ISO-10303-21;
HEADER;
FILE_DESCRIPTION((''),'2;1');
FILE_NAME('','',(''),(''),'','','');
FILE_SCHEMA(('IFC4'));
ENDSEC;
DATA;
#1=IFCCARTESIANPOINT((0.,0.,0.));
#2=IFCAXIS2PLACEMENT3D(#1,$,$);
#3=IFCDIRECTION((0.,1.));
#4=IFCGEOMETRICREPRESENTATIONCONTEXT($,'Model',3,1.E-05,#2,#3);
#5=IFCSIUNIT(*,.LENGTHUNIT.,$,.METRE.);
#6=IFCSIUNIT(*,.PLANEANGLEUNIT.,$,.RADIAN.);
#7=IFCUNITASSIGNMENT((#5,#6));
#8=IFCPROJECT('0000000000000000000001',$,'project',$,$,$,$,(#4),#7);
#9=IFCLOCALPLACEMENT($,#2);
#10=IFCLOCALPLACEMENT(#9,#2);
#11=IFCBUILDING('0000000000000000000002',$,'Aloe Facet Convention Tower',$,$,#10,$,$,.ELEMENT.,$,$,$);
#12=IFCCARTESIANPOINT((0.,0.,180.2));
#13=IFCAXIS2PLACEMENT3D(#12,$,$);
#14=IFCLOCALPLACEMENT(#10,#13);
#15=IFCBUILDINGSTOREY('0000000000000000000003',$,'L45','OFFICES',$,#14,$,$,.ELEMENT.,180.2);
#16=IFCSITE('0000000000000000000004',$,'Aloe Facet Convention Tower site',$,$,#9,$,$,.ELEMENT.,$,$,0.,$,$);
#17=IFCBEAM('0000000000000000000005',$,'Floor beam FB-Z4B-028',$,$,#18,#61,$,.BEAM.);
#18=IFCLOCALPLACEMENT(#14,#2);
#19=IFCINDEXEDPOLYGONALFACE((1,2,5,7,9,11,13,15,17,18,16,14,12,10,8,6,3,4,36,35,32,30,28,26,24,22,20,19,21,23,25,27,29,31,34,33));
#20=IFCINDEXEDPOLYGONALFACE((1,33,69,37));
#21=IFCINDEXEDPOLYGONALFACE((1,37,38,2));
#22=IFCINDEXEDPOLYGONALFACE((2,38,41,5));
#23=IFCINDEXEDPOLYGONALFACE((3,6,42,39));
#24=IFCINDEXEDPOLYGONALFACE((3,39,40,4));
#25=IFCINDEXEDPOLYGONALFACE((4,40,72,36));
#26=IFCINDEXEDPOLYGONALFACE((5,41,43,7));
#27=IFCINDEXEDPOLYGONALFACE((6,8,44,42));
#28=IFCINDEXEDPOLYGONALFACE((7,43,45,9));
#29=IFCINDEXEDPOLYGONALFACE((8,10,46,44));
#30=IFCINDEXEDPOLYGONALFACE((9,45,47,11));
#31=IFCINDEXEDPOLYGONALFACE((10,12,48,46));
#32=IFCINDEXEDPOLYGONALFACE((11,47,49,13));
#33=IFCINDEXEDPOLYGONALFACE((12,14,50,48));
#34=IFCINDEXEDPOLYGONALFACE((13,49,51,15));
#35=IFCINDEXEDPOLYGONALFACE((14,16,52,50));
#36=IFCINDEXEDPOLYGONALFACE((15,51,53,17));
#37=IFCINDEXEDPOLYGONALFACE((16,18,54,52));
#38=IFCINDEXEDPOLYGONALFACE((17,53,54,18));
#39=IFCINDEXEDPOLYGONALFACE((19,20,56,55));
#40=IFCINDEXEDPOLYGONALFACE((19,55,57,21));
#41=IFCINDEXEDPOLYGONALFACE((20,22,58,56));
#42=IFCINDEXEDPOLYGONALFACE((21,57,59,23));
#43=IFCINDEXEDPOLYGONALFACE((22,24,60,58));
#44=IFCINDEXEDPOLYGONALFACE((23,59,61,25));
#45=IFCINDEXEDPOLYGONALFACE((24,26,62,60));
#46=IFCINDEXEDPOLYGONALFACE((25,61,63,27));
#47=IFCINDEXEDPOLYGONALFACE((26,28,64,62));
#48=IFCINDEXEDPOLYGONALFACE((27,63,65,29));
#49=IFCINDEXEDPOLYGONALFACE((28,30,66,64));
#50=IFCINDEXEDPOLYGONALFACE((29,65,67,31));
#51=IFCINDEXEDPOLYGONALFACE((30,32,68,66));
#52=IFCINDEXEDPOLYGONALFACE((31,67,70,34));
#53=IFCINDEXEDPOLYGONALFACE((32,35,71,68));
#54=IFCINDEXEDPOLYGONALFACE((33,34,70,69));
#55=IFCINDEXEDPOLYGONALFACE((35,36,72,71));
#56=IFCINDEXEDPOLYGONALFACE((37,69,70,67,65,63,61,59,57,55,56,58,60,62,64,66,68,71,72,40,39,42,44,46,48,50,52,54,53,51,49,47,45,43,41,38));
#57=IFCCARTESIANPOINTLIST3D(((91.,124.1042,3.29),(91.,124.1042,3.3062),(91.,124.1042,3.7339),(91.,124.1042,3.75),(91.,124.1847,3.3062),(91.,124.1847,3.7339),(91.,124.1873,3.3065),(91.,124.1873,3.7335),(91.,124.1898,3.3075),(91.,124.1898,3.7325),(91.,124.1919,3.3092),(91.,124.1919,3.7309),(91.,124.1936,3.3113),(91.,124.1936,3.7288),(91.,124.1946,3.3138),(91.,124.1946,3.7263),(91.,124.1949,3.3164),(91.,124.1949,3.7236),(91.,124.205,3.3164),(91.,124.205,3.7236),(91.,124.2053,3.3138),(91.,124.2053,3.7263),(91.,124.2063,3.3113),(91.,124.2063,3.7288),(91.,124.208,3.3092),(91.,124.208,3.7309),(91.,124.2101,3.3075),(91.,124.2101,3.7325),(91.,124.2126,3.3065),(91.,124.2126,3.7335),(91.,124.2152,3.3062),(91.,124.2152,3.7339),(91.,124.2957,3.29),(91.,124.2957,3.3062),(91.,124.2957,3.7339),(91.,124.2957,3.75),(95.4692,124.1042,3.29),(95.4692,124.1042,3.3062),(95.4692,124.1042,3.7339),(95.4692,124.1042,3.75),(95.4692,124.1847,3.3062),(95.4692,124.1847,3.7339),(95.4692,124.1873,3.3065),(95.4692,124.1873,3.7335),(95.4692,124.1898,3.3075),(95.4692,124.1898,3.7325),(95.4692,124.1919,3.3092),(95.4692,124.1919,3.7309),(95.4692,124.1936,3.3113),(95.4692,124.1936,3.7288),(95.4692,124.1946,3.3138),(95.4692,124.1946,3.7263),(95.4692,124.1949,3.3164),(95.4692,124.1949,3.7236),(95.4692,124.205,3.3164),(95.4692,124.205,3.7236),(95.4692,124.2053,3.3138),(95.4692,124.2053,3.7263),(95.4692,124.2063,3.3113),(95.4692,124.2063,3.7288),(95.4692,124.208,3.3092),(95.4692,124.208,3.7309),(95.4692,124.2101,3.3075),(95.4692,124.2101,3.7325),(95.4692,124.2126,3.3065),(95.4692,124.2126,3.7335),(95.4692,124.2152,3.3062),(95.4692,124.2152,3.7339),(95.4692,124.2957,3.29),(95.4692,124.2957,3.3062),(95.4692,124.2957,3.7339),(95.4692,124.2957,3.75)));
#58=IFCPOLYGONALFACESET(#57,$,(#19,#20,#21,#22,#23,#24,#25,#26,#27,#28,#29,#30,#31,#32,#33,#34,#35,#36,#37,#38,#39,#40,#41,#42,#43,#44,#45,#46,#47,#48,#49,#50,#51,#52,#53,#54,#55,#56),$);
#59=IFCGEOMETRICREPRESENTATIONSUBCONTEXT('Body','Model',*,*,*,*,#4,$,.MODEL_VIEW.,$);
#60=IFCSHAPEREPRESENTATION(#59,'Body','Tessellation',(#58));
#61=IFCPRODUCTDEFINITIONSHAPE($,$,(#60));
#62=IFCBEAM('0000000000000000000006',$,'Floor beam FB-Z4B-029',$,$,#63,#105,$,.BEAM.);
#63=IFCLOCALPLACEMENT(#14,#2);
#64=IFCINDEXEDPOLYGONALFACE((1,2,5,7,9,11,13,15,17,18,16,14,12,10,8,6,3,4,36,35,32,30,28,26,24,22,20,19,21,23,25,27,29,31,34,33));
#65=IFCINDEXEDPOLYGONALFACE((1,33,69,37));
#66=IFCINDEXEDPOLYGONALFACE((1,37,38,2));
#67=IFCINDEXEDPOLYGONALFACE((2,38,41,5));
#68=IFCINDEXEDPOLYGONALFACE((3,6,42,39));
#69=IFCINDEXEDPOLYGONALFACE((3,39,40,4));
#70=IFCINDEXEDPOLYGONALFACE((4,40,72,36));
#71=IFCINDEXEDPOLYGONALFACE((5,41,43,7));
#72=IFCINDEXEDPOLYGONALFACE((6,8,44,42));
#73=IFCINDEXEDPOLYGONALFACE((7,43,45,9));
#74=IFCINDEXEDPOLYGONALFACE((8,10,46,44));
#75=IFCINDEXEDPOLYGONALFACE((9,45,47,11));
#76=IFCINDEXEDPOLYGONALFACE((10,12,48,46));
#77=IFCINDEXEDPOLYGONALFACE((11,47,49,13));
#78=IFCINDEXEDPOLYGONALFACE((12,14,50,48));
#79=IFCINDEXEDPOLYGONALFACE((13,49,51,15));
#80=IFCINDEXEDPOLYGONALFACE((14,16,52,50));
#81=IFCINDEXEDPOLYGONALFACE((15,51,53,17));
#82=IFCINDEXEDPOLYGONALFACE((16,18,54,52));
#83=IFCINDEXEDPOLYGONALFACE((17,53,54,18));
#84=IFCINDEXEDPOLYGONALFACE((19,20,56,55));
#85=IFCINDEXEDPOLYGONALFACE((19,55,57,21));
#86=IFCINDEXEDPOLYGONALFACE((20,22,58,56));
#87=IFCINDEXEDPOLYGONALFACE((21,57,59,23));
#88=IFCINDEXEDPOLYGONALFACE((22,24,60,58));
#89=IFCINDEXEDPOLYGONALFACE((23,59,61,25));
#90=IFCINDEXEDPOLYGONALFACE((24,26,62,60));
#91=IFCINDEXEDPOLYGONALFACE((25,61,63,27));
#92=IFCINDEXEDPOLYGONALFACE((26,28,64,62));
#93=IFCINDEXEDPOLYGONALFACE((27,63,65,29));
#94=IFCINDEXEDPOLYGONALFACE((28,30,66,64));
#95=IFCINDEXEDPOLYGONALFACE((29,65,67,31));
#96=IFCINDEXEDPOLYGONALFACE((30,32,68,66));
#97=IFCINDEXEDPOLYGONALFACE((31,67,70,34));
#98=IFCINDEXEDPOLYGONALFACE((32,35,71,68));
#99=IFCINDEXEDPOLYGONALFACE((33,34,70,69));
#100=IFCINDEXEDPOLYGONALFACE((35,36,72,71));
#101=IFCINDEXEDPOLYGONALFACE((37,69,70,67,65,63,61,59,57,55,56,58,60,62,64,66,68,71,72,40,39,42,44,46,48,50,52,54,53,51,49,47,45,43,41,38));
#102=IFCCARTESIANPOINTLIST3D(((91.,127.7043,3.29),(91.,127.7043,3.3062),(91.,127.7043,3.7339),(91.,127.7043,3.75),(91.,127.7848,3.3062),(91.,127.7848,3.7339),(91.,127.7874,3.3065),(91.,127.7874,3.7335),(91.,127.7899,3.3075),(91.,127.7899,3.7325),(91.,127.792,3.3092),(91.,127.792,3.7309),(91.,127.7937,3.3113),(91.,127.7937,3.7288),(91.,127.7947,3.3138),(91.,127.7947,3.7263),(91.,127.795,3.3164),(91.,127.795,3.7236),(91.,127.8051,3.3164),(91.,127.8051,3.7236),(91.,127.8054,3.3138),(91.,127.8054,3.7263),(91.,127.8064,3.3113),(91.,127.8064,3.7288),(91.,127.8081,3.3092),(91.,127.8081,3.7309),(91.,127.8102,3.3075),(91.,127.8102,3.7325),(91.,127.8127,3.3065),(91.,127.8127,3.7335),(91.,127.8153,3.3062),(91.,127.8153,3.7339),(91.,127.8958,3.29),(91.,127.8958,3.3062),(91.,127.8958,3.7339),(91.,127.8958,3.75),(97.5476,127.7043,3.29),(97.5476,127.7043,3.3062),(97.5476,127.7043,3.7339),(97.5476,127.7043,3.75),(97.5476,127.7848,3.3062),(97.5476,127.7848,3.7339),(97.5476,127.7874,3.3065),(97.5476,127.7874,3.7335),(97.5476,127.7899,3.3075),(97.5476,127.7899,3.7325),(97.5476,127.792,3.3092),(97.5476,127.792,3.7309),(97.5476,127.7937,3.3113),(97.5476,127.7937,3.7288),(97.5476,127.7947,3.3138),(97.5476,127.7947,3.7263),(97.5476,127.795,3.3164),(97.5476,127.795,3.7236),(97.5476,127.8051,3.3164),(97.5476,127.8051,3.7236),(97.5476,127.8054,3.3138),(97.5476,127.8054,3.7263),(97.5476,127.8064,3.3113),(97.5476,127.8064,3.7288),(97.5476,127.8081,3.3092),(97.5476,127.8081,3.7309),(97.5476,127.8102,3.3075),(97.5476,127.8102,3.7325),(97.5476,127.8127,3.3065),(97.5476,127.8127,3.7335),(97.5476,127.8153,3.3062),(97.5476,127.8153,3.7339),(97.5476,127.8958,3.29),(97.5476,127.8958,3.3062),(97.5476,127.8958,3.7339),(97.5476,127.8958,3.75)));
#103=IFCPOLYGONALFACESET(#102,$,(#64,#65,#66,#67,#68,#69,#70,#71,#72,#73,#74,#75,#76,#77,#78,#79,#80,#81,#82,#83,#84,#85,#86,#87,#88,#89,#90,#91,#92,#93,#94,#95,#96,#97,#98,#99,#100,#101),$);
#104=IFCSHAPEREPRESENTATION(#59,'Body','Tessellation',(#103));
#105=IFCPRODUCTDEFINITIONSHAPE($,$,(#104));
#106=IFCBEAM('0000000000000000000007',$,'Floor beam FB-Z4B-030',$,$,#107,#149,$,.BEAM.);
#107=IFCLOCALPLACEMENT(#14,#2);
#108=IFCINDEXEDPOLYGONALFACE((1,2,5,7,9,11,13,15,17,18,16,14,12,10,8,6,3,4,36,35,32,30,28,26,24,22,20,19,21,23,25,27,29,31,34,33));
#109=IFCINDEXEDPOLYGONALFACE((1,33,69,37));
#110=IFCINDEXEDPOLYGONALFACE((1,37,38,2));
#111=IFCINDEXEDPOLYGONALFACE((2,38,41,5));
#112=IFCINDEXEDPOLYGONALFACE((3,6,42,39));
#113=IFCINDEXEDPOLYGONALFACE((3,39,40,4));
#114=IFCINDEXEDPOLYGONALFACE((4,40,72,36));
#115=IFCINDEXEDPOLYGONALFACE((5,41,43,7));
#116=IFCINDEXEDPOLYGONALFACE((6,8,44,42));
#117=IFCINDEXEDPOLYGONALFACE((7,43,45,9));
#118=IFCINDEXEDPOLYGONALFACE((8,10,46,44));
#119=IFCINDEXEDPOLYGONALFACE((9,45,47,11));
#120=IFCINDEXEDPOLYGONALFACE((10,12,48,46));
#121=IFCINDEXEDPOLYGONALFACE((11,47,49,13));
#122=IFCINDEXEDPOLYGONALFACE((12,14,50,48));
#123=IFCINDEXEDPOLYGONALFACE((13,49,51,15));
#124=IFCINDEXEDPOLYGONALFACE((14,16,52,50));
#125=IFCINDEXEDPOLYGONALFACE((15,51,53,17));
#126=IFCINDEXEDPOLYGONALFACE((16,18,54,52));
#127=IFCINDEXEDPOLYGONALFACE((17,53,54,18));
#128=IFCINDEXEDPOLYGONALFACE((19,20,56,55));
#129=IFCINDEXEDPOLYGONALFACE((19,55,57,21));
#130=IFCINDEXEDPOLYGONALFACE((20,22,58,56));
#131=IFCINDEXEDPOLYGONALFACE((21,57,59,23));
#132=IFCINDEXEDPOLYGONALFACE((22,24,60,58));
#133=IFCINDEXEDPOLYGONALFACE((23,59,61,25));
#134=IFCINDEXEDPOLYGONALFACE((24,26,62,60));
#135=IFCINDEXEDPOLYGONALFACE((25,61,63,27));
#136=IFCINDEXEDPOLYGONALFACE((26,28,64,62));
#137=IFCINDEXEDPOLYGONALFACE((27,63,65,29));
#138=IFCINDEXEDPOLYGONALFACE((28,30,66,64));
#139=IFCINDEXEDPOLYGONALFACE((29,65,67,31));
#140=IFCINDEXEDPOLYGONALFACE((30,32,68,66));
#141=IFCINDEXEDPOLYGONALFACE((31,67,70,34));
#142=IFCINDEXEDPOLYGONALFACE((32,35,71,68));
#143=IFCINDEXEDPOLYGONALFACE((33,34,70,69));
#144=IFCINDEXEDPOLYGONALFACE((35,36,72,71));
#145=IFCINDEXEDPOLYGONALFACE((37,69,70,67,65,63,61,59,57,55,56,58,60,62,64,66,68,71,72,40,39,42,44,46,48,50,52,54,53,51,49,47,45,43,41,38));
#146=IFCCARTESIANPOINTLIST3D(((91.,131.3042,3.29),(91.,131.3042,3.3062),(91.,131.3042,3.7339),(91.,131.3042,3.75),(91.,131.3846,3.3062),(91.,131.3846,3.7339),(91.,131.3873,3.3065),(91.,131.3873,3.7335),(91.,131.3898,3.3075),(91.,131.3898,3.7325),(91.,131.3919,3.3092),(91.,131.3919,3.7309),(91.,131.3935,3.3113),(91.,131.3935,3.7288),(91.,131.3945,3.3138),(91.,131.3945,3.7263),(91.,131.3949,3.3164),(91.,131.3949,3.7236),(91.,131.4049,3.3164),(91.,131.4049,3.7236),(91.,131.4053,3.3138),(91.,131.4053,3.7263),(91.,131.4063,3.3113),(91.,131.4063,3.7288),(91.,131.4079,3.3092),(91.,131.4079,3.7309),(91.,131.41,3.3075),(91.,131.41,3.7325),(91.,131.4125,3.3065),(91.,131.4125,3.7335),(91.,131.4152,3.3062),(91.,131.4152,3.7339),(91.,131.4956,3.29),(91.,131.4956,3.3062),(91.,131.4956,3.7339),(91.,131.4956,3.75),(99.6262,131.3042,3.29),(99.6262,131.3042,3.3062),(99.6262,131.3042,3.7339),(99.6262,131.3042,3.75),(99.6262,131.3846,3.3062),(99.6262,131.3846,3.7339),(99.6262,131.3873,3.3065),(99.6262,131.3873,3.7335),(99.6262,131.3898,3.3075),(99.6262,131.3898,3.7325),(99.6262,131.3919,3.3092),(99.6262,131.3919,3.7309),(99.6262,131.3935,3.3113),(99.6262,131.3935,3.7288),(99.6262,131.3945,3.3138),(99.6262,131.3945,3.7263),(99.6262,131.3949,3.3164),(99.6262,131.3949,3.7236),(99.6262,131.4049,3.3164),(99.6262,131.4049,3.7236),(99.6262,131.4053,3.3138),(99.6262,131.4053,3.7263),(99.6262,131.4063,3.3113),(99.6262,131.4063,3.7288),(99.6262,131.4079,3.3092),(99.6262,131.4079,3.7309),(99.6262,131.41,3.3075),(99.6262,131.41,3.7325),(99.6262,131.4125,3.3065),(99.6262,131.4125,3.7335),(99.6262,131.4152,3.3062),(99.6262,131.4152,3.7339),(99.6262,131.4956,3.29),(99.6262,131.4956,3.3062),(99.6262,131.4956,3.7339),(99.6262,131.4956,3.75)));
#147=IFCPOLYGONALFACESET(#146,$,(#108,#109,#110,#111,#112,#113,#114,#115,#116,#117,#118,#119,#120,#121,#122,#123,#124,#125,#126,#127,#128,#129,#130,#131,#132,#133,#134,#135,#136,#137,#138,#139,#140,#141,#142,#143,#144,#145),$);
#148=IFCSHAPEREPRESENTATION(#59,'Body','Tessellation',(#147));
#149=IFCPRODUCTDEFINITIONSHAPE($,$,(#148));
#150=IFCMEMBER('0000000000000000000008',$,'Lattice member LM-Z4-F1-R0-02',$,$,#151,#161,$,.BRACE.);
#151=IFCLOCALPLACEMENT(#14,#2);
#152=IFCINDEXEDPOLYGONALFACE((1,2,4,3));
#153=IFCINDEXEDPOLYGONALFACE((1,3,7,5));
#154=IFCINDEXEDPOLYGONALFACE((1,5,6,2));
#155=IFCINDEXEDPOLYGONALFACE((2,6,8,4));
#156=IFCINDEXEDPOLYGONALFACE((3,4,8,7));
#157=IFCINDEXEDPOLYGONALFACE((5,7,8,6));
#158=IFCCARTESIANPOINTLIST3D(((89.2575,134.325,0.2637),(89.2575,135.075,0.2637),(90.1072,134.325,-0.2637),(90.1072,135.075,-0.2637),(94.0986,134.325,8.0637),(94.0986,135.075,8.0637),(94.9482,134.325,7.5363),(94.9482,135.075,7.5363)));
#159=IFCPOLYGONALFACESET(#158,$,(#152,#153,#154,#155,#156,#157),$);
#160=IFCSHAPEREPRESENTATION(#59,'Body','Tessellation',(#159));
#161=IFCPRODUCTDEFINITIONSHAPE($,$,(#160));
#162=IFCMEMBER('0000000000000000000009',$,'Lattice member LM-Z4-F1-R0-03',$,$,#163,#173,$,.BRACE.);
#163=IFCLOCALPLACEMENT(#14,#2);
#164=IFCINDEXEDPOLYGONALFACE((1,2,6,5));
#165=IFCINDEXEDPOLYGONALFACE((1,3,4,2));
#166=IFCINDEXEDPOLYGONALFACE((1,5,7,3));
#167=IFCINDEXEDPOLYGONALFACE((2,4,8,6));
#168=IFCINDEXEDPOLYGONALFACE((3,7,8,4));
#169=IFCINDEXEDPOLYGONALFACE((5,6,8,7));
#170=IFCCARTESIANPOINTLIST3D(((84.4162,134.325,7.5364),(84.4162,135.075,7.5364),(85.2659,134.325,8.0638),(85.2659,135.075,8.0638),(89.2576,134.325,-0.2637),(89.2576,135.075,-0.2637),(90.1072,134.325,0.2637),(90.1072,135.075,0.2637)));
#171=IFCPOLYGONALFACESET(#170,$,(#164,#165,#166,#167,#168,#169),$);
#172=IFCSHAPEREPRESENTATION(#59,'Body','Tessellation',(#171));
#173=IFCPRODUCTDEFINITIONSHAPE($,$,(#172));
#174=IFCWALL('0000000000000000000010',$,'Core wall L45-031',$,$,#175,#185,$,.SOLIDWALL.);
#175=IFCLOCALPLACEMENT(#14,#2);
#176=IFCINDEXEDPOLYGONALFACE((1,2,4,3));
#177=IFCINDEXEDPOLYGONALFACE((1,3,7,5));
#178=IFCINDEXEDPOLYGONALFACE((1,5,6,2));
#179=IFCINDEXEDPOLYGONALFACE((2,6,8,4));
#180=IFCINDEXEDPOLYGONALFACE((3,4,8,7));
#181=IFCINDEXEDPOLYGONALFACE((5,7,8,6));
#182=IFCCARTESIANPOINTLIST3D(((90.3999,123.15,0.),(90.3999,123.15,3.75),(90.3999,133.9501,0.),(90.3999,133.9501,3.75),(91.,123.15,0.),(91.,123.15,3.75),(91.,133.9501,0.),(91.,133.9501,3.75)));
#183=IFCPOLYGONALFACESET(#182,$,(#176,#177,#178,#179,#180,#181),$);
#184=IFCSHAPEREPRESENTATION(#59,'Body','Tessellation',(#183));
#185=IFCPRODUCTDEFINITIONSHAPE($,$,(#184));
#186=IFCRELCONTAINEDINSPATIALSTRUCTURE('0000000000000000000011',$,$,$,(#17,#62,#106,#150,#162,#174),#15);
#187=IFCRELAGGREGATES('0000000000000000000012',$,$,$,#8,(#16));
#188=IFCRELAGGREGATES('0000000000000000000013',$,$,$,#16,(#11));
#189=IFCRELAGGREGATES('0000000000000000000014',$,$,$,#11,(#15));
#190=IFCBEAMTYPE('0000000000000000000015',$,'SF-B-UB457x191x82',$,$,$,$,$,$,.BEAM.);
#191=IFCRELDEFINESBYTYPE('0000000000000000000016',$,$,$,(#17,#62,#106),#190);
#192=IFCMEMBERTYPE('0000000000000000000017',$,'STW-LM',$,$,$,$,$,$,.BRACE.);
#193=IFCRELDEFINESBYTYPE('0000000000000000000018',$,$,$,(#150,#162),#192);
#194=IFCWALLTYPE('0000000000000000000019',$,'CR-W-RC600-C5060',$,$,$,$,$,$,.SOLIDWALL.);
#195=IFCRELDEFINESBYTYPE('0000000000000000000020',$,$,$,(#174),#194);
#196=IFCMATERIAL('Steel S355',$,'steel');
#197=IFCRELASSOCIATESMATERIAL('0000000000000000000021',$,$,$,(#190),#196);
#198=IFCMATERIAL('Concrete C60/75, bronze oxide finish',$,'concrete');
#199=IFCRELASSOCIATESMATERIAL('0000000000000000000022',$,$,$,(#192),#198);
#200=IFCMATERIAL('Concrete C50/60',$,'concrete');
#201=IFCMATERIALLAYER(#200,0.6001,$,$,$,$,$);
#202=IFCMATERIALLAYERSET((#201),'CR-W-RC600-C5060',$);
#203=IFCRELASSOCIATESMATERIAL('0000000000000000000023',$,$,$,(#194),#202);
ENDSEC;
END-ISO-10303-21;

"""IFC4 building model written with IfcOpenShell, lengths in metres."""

from ifc_helpers import new_model, si_unit, direction, frame, frame_2d, origin, origin_2d, place, context, subcontext, project, spatial, rectangle, i_section, extrude, material, layer, layer_set, material_profile, profile_set, type_object, element, save


model = new_model("IFC4")

# Units and contexts
model_context = context("Model", 3, precision=1e-05, world=origin(), true_north=direction((0.0, 1.0)))
body_context = subcontext(model_context, "Body", "Model", "MODEL_VIEW")
ifc_project = project(units=[si_unit("LENGTHUNIT", "METRE"), si_unit("PLANEANGLEUNIT", "RADIAN")], contexts=[model_context])

# Site, building, storey
site_placement = place(None, origin())
site = spatial("IfcSite", under=ifc_project, at=site_placement, Name="Aloe Facet Convention Tower site", CompositionType="ELEMENT", RefElevation=0.0)
building_placement = place(site_placement, origin())
building = spatial("IfcBuilding", under=site, at=building_placement, Name="Aloe Facet Convention Tower", CompositionType="ELEMENT")
storey_placement = place(building_placement, frame((0.0, 0.0, 180.2)))
storey = spatial("IfcBuildingStorey", under=building, at=storey_placement, Name="L45", Description="OFFICES", CompositionType="ELEMENT", Elevation=180.2)

# Beams
ifc_material_1 = material(Name="Steel S355", Category="steel")
ifc_material_profile_1 = material_profile(ifc_material_1, i_section(OverallWidth=0.1914, OverallDepth=0.46, WebThickness=0.01, FlangeThickness=0.0161, FilletRadius=0.0103, at=origin_2d()), Name="UB 457x191x82")
ifc_profile_set_1 = profile_set([ifc_material_profile_1], Name="Steel S355")
beam_type = type_object("IfcBeamType", Name="SF-B-UB457x191x82", PredefinedType="BEAM", material=ifc_profile_set_1)
beam_1_placement = place(storey_placement, frame((91.0, 124.2, 3.52), z_axis=(1.0, 0.0, 0.0), x_axis=(0.0, 1.0, 0.0)))
element("IfcBeam", 1, at=beam_1_placement, inside=storey, type_object=beam_type, Name="Floor beam FB-Z4B-028", PredefinedType="BEAM", context=body_context, shape_type="SweptSolid", body=[
    extrude(i_section(OverallWidth=0.1914, OverallDepth=0.46, WebThickness=0.01, FlangeThickness=0.0161, FilletRadius=0.0103, at=origin_2d()), origin(), (0.0, 0.0, 1.0), 4.4692),
])
beam_2_placement = place(storey_placement, frame((91.0, 127.8, 3.52), z_axis=(1.0, 0.0, 0.0), x_axis=(0.0, 1.0, 0.0)))
element("IfcBeam", 2, at=beam_2_placement, inside=storey, type_object=beam_type, Name="Floor beam FB-Z4B-029", PredefinedType="BEAM", context=body_context, shape_type="SweptSolid", body=[
    extrude(i_section(OverallWidth=0.1914, OverallDepth=0.46, WebThickness=0.01, FlangeThickness=0.0161, FilletRadius=0.0103, at=origin_2d()), origin(), (0.0, 0.0, 1.0), 6.5476),
])
beam_3_placement = place(storey_placement, frame((91.0, 131.3999, 3.52), z_axis=(1.0, 0.0, 0.0), x_axis=(0.0, 1.0, 0.0)))
element("IfcBeam", 3, at=beam_3_placement, inside=storey, type_object=beam_type, Name="Floor beam FB-Z4B-030", PredefinedType="BEAM", context=body_context, shape_type="SweptSolid", body=[
    extrude(i_section(OverallWidth=0.1914, OverallDepth=0.46, WebThickness=0.01, FlangeThickness=0.0161, FilletRadius=0.0103, at=origin_2d()), origin(), (0.0, 0.0, 1.0), 8.6262),
])

# Members
ifc_material_2 = material(Name="Concrete C60/75, bronze oxide finish", Category="concrete")
ifc_material_profile_2 = material_profile(ifc_material_2, rectangle(XDim=0.75, YDim=1.0, at=origin_2d()), Name="STW-LM")
ifc_profile_set_2 = profile_set([ifc_material_profile_2], Name="Concrete C60/75, bronze oxide finish")
member_type = type_object("IfcMemberType", Name="STW-LM", PredefinedType="BRACE", material=ifc_profile_set_2)
member_1_placement = place(storey_placement, frame((89.6824, 134.7, 0.0), z_axis=(0.527336, 0.0, 0.849657), x_axis=(0.0, 1.0, 0.0)))
element("IfcMember", 4, at=member_1_placement, inside=storey, type_object=member_type, Name="Lattice member LM-Z4-F1-R0-02", PredefinedType="BRACE", context=body_context, shape_type="SweptSolid", body=[
    extrude(rectangle(XDim=0.75, YDim=1.0, at=origin_2d()), origin(), (0.0, 0.0, 1.0), 9.1802),
])
member_2_placement = place(storey_placement, frame((89.6824, 134.7, 0.0), z_axis=(-0.527355, 0.0, 0.849645), x_axis=(0.0, -1.0, 0.0)))
element("IfcMember", 5, at=member_2_placement, inside=storey, type_object=member_type, Name="Lattice member LM-Z4-F1-R0-03", PredefinedType="BRACE", context=body_context, shape_type="SweptSolid", body=[
    extrude(rectangle(XDim=0.75, YDim=1.0, at=origin_2d()), origin(), (0.0, 0.0, 1.0), 9.1804),
])

# Wall
ifc_material_3 = material(Name="Concrete C50/60", Category="concrete")
ifc_layer_1 = layer(ifc_material_3, 0.6001)
ifc_layer_set_1 = layer_set([ifc_layer_1], Name="CR-W-RC600-C5060")
wall_type_1 = type_object("IfcWallType", Name="CR-W-RC600-C5060", PredefinedType="SOLIDWALL", material=ifc_layer_set_1)
wall_1_placement = place(storey_placement, frame((90.7, 133.95, 0.0), z_axis=(0.0, 0.0, 1.0), x_axis=(0.0, -1.0, 0.0)))
element("IfcWall", 6, at=wall_1_placement, inside=storey, type_object=wall_type_1, Name="Core wall L45-031", PredefinedType="SOLIDWALL", context=body_context, shape_type="SweptSolid", body=[
    extrude(rectangle(XDim=10.8, YDim=0.6001, at=frame_2d((5.3999, 0.0))), origin(), (0.0, 0.0, 1.0), 3.75),
])

save(model, "model.ifc")
